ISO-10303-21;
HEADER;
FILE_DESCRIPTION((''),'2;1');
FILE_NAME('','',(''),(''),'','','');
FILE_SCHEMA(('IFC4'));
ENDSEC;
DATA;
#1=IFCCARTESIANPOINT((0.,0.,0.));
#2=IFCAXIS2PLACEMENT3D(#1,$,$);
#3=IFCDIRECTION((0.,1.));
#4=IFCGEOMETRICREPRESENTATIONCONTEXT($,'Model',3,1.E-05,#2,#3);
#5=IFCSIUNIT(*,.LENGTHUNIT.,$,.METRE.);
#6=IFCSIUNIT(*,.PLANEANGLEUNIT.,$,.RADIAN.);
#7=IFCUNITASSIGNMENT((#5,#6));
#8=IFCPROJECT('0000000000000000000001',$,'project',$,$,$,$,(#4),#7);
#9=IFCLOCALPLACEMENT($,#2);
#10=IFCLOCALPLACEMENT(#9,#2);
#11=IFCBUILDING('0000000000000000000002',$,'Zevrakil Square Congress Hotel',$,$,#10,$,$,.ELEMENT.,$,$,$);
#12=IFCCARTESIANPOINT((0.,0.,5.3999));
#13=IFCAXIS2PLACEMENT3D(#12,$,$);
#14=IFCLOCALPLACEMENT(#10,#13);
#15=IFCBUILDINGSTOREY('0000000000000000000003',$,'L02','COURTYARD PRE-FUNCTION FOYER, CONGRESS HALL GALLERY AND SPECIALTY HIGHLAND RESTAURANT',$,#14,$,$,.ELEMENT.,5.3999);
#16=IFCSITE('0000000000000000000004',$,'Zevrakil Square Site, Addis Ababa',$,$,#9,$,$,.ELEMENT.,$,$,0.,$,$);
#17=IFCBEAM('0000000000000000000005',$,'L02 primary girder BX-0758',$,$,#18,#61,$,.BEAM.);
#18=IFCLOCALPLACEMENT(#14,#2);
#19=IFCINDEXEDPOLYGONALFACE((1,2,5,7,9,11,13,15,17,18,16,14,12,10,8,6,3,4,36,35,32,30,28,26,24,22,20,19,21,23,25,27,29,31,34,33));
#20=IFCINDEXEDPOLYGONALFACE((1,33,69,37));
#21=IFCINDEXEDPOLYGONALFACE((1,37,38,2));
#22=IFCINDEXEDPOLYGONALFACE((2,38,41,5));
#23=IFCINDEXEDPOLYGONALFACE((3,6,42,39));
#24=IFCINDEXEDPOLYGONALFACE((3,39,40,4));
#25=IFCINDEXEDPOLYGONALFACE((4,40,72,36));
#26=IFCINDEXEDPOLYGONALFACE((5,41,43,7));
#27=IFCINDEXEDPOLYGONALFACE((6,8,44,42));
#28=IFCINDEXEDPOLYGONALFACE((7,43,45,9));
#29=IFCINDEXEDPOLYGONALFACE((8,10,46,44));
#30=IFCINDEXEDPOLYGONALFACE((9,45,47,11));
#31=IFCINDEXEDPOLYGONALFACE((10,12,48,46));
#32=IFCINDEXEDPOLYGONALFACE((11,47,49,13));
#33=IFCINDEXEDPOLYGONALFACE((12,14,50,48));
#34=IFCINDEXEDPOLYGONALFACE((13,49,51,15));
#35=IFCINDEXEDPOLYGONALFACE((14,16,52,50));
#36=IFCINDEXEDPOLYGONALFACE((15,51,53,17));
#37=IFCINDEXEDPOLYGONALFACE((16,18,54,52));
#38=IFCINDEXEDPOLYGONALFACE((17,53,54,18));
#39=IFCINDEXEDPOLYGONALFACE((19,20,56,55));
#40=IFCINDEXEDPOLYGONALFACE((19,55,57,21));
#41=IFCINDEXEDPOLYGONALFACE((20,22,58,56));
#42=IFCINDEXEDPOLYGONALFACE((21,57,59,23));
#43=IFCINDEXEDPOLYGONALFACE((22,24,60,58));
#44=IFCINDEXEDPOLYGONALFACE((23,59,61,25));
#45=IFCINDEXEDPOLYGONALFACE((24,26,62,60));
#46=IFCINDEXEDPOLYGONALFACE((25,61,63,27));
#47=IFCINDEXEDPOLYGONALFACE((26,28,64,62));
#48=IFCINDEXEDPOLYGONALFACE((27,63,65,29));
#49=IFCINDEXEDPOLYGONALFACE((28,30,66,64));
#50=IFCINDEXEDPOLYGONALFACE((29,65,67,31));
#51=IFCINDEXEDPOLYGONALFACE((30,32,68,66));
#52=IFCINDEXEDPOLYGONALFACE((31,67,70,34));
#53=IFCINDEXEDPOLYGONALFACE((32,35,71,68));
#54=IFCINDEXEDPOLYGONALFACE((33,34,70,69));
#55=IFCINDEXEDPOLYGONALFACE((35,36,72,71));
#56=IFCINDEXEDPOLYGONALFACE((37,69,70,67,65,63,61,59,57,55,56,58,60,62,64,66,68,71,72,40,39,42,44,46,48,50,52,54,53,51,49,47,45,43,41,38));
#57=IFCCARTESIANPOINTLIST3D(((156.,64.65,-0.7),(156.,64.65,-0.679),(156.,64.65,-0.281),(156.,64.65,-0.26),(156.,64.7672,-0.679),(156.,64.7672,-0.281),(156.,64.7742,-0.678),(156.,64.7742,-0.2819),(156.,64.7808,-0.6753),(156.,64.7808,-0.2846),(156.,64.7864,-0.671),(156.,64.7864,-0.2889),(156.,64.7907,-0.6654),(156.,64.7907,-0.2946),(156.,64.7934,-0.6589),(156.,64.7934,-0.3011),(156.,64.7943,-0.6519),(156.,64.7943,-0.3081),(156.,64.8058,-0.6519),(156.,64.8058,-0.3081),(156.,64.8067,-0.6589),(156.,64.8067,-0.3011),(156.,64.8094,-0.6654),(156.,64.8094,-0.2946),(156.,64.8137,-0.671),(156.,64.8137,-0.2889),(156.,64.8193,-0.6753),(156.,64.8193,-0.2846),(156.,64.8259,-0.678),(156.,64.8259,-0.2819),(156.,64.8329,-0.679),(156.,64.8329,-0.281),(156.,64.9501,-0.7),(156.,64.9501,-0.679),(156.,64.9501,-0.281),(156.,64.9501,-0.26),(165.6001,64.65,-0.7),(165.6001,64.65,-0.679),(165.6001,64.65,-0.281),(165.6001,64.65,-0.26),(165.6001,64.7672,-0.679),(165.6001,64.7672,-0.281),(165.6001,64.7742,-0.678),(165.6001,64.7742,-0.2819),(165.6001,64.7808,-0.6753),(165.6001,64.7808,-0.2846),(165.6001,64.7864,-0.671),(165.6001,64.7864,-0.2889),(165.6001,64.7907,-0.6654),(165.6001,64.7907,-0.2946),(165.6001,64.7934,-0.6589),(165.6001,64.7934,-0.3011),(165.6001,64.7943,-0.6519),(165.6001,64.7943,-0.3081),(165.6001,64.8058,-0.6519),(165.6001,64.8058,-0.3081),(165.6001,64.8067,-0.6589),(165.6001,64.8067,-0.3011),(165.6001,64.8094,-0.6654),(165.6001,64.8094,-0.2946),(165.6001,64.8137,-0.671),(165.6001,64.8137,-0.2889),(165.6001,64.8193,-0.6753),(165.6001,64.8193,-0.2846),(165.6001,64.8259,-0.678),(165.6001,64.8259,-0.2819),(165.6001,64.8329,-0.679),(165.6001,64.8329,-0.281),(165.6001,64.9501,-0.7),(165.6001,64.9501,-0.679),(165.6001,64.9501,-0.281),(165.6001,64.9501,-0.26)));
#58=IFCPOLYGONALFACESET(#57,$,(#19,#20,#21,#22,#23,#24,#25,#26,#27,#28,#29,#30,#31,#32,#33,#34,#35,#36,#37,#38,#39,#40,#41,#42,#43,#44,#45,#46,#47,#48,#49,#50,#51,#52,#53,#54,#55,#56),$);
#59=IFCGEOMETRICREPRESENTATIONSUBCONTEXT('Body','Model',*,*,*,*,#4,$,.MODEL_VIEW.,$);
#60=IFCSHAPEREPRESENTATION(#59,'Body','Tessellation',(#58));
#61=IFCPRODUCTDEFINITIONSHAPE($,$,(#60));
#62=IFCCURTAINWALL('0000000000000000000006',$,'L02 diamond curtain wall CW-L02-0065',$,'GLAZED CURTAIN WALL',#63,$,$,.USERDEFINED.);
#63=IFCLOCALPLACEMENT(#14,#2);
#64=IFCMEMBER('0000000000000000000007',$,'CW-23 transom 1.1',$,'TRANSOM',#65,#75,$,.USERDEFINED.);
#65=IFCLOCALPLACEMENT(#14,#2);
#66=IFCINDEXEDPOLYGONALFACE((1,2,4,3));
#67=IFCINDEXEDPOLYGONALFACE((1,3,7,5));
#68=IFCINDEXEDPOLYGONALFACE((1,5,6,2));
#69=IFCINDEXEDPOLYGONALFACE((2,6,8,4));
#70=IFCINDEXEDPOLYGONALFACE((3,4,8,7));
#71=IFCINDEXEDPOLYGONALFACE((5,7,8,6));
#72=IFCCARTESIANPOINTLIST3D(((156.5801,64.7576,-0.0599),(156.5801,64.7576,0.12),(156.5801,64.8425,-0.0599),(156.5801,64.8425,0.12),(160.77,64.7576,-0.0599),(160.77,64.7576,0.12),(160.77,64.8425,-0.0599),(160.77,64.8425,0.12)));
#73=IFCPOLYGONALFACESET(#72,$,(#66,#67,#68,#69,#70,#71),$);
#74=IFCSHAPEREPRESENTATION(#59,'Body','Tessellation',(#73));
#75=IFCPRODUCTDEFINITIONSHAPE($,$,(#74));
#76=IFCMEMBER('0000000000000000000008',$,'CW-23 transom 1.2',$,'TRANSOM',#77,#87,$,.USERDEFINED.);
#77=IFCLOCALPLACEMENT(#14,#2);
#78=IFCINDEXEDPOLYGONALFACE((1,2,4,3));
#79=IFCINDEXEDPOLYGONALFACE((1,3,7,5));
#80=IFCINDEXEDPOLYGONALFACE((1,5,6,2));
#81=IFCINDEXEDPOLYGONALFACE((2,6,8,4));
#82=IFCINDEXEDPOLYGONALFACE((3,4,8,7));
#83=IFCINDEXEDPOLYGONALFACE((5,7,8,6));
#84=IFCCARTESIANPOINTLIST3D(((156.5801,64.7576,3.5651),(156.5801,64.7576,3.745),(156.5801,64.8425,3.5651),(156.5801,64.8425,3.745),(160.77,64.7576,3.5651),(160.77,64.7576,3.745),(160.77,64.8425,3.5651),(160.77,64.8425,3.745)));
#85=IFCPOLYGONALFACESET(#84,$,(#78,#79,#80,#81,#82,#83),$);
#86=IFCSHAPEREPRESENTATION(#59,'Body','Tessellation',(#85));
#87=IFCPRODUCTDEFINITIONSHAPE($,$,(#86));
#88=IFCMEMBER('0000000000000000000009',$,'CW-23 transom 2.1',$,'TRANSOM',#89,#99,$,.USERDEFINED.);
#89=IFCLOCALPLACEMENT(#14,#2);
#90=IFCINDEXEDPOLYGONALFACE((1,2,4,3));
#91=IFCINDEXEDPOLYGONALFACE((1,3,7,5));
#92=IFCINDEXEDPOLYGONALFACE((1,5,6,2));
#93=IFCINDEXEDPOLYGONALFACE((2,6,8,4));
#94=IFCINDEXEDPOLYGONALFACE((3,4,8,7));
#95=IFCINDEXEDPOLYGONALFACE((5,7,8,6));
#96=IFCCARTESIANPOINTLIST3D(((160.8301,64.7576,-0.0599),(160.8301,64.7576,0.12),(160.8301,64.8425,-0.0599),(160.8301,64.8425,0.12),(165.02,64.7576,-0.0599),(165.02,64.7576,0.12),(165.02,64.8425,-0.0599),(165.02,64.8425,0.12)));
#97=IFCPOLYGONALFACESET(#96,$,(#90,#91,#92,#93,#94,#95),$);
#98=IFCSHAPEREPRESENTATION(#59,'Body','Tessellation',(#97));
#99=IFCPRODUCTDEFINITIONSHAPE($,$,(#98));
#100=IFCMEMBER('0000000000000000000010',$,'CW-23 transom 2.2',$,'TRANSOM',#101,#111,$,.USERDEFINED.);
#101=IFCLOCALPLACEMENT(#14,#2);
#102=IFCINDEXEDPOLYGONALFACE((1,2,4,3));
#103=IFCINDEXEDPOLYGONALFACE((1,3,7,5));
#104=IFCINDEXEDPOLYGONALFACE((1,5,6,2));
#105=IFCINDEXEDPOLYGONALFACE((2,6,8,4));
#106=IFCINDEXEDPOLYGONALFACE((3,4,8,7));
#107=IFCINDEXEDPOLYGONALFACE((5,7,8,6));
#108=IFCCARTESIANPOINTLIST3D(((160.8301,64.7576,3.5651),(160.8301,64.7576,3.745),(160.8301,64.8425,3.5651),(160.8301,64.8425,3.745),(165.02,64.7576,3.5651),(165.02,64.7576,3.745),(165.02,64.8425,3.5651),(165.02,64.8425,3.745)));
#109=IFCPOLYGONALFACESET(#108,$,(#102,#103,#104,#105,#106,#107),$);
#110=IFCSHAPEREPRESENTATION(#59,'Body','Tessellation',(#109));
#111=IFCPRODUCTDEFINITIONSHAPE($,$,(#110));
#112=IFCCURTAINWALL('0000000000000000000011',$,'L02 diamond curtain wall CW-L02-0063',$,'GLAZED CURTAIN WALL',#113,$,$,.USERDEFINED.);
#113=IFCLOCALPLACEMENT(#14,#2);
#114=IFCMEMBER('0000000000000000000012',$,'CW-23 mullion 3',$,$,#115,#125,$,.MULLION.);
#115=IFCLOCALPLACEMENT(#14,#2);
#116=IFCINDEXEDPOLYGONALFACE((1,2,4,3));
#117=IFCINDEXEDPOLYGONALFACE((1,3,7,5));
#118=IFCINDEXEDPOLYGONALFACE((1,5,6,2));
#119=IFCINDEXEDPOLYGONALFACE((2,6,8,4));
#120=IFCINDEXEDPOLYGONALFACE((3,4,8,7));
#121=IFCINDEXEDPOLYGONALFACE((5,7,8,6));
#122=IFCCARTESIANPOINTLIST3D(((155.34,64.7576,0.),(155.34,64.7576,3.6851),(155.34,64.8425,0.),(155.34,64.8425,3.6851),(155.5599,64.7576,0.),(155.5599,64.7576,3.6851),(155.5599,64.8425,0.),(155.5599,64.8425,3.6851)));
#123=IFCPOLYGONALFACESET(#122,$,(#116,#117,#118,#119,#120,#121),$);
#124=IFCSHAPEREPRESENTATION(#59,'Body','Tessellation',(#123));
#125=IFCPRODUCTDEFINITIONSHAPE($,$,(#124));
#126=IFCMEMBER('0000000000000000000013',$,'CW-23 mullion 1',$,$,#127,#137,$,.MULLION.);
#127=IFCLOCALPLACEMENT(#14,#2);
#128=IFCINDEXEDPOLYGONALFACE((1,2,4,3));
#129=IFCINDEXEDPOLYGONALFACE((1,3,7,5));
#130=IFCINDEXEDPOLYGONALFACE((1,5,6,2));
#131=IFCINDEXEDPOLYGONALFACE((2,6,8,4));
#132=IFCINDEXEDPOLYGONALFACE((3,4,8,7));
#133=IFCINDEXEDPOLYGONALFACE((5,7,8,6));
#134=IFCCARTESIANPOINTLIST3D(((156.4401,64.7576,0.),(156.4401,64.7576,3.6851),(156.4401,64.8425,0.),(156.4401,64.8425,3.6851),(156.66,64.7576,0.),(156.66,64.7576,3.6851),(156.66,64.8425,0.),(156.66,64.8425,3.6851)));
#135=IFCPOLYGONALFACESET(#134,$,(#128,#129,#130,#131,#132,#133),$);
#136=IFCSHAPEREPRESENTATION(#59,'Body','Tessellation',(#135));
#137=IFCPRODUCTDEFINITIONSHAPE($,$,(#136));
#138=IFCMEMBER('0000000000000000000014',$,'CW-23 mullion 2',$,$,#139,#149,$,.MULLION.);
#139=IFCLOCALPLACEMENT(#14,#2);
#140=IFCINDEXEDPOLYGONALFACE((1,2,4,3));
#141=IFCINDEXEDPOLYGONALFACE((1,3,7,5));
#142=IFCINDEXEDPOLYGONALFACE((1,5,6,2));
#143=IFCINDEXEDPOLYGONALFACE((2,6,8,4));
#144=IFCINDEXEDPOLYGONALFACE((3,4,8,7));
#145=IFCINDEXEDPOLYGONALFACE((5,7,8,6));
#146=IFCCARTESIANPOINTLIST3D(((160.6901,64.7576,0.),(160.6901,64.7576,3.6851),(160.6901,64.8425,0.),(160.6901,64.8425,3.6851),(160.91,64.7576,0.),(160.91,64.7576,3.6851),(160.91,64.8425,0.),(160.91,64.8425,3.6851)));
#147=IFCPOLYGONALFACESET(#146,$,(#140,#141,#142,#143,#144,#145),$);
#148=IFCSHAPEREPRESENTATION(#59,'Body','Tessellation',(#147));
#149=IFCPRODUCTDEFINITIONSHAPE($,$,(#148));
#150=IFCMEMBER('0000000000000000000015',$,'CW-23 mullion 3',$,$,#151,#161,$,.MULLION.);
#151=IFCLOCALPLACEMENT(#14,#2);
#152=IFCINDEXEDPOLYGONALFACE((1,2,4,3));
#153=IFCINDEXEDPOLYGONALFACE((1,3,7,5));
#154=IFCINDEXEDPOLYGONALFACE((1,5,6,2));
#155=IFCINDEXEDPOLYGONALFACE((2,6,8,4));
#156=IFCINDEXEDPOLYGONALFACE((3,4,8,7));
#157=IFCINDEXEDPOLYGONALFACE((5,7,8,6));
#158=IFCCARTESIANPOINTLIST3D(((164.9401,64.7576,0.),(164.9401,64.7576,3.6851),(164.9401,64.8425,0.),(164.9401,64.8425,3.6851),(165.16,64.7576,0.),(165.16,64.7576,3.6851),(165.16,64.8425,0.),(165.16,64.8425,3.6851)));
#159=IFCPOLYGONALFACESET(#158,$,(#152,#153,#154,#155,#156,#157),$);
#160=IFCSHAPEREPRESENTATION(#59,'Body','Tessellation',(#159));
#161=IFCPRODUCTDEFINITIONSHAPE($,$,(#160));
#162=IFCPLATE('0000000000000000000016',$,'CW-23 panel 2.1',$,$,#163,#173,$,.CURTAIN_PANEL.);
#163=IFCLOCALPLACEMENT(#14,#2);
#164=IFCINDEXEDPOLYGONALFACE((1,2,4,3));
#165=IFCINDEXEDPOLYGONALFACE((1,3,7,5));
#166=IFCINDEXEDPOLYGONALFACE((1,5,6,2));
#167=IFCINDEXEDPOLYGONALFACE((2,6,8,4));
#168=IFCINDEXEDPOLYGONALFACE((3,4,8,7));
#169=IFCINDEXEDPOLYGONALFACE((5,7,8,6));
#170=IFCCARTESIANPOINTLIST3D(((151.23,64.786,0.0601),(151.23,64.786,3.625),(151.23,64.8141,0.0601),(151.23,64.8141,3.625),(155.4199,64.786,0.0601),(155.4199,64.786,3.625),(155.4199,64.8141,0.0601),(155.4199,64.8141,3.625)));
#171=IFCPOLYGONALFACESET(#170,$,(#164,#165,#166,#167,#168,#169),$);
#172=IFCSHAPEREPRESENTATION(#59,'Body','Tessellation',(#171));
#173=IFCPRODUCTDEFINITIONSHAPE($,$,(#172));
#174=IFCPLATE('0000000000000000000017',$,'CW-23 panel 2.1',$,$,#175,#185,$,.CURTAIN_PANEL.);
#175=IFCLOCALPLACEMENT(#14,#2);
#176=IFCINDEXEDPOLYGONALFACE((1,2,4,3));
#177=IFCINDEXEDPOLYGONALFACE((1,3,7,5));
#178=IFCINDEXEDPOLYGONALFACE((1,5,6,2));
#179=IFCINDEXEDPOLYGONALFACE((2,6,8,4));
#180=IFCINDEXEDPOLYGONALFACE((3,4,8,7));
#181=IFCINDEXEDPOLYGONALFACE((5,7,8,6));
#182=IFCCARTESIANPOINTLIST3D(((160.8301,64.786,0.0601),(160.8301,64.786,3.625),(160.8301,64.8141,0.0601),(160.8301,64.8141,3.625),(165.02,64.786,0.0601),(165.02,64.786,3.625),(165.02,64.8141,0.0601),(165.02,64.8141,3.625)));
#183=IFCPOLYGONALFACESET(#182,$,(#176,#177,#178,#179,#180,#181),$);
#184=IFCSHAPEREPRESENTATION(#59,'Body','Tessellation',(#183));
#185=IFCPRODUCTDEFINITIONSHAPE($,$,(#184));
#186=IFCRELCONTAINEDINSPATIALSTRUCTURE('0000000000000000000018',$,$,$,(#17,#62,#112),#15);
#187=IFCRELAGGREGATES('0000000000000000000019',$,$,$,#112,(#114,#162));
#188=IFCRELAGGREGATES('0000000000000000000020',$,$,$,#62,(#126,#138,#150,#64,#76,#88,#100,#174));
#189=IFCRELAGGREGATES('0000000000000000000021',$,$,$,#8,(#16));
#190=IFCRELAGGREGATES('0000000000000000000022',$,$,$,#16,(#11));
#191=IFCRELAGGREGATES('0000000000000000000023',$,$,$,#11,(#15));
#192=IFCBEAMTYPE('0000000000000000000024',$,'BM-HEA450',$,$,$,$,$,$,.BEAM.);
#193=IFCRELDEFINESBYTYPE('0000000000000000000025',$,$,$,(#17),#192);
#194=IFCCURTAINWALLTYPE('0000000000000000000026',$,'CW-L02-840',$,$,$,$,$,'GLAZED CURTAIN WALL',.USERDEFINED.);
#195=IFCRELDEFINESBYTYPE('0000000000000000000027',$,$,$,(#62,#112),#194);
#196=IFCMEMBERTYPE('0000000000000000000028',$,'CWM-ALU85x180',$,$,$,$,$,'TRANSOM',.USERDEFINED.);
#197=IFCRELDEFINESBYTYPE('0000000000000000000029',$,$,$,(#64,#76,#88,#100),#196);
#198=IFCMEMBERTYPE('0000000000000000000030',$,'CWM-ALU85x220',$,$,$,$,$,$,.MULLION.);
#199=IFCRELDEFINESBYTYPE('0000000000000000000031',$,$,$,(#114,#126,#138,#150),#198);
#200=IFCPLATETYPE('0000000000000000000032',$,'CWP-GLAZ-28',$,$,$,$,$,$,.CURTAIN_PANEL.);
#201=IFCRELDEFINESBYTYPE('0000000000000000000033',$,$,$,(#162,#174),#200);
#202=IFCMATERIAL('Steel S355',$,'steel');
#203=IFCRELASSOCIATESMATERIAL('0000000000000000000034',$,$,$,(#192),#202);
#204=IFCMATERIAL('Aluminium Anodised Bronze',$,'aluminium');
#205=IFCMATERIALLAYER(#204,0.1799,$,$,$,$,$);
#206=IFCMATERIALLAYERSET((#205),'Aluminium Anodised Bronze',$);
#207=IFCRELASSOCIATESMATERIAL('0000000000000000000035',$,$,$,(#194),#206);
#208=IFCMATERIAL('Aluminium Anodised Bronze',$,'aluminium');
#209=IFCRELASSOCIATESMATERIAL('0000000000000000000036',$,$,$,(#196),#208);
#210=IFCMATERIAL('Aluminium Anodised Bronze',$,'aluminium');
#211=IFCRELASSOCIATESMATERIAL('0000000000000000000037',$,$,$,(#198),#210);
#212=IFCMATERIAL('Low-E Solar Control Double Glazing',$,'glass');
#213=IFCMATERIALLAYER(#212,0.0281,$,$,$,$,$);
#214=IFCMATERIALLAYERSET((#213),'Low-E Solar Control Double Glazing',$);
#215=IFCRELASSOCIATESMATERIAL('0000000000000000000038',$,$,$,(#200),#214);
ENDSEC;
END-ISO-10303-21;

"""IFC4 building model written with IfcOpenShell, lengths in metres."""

from ifc_helpers import new_model, si_unit, direction, frame, origin, origin_2d, place, context, subcontext, project, spatial, rectangle, i_section, extrude, material, layer, layer_set, material_profile, profile_set, type_object, element, aggregate, save


model = new_model("IFC4")

# Units and contexts
model_context = context("Model", 3, precision=1e-05, world=origin(), true_north=direction((0.0, 1.0)))
body_context = subcontext(model_context, "Body", "Model", "MODEL_VIEW")
ifc_project = project(units=[si_unit("LENGTHUNIT", "METRE"), si_unit("PLANEANGLEUNIT", "RADIAN")], contexts=[model_context])

# Site, building, storey
site_placement = place(None, origin())
site = spatial("IfcSite", under=ifc_project, at=site_placement, Name="Zevrakil Square Site, Addis Ababa", CompositionType="ELEMENT", RefElevation=0.0)
building_placement = place(site_placement, origin())
building = spatial("IfcBuilding", under=site, at=building_placement, Name="Zevrakil Square Congress Hotel", CompositionType="ELEMENT")
storey_placement = place(building_placement, frame((0.0, 0.0, 5.3999)))
storey = spatial("IfcBuildingStorey", under=building, at=storey_placement, Name="L02", Description="COURTYARD PRE-FUNCTION FOYER, CONGRESS HALL GALLERY AND SPECIALTY HIGHLAND RESTAURANT", CompositionType="ELEMENT", Elevation=5.3999)

# Beam
ifc_material_1 = material(Name="Steel S355", Category="steel")
ifc_material_profile_1 = material_profile(ifc_material_1, i_section(OverallWidth=0.3, OverallDepth=0.4399, WebThickness=0.0115, FlangeThickness=0.021, FilletRadius=0.0271, at=origin_2d()), Name="HEA 450")
ifc_profile_set_1 = profile_set([ifc_material_profile_1], Name="Steel S355")
beam_type = type_object("IfcBeamType", Name="BM-HEA450", PredefinedType="BEAM", material=ifc_profile_set_1)
beam_placement = place(storey_placement, frame((156.0, 64.8, -0.48), z_axis=(1.0, 0.0, 0.0), x_axis=(0.0, 1.0, 0.0)))
element("IfcBeam", 1, at=beam_placement, inside=storey, type_object=beam_type, Name="L02 primary girder BX-0758", PredefinedType="BEAM", context=body_context, shape_type="SweptSolid", body=[
    extrude(i_section(OverallWidth=0.3, OverallDepth=0.4399, WebThickness=0.0115, FlangeThickness=0.021, FilletRadius=0.0271, at=origin_2d()), origin(), (0.0, 0.0, 1.0), 9.6001),
])

# Curtain wall, members
ifc_material_2 = material(Name="Aluminium Anodised Bronze", Category="aluminium")
ifc_layer_1 = layer(ifc_material_2, 0.1799)
ifc_layer_set_1 = layer_set([ifc_layer_1], Name="Aluminium Anodised Bronze")
curtain_wall_type = type_object("IfcCurtainWallType", Name="CW-L02-840", ElementType="GLAZED CURTAIN WALL", PredefinedType="USERDEFINED", material=ifc_layer_set_1)
curtain_wall_1_placement = place(storey_placement, origin())
curtain_wall_1 = element("IfcCurtainWall", 2, at=curtain_wall_1_placement, inside=storey, type_object=curtain_wall_type, Name="L02 diamond curtain wall CW-L02-0065", ObjectType="GLAZED CURTAIN WALL", PredefinedType="USERDEFINED")
ifc_material_3 = material(Name="Aluminium Anodised Bronze", Category="aluminium")
ifc_material_profile_2 = material_profile(ifc_material_3, rectangle(XDim=0.085, YDim=0.1799, at=origin_2d()), Name="ALU 85x180")
ifc_profile_set_2 = profile_set([ifc_material_profile_2], Name="Aluminium Anodised Bronze")
member_type_1 = type_object("IfcMemberType", Name="CWM-ALU85x180", ElementType="TRANSOM", PredefinedType="USERDEFINED", material=ifc_profile_set_2)
member_1_placement = place(storey_placement, frame((156.5801, 64.8, 0.03), z_axis=(1.0, 0.0, 0.0), x_axis=(0.0, 1.0, 0.0)))
member_1 = element("IfcMember", 3, at=member_1_placement, type_object=member_type_1, Name="CW-23 transom 1.1", ObjectType="TRANSOM", PredefinedType="USERDEFINED", context=body_context, shape_type="SweptSolid", body=[
    extrude(rectangle(XDim=0.085, YDim=0.1799, at=origin_2d()), origin(), (0.0, 0.0, 1.0), 4.1899),
])
member_2_placement = place(storey_placement, frame((156.5801, 64.8, 3.655), z_axis=(1.0, 0.0, 0.0), x_axis=(0.0, 1.0, 0.0)))
member_2 = element("IfcMember", 4, at=member_2_placement, type_object=member_type_1, Name="CW-23 transom 1.2", ObjectType="TRANSOM", PredefinedType="USERDEFINED", context=body_context, shape_type="SweptSolid", body=[
    extrude(rectangle(XDim=0.085, YDim=0.1799, at=origin_2d()), origin(), (0.0, 0.0, 1.0), 4.1899),
])
member_3_placement = place(storey_placement, frame((160.8301, 64.8, 0.03), z_axis=(1.0, 0.0, 0.0), x_axis=(0.0, 1.0, 0.0)))
member_3 = element("IfcMember", 5, at=member_3_placement, type_object=member_type_1, Name="CW-23 transom 2.1", ObjectType="TRANSOM", PredefinedType="USERDEFINED", context=body_context, shape_type="SweptSolid", body=[
    extrude(rectangle(XDim=0.085, YDim=0.1799, at=origin_2d()), origin(), (0.0, 0.0, 1.0), 4.1899),
])
member_4_placement = place(storey_placement, frame((160.8301, 64.8, 3.655), z_axis=(1.0, 0.0, 0.0), x_axis=(0.0, 1.0, 0.0)))
member_4 = element("IfcMember", 6, at=member_4_placement, type_object=member_type_1, Name="CW-23 transom 2.2", ObjectType="TRANSOM", PredefinedType="USERDEFINED", context=body_context, shape_type="SweptSolid", body=[
    extrude(rectangle(XDim=0.085, YDim=0.1799, at=origin_2d()), origin(), (0.0, 0.0, 1.0), 4.1899),
])

# Curtain wall, member
curtain_wall_2_placement = place(storey_placement, origin())
curtain_wall_2 = element("IfcCurtainWall", 7, at=curtain_wall_2_placement, inside=storey, type_object=curtain_wall_type, Name="L02 diamond curtain wall CW-L02-0063", ObjectType="GLAZED CURTAIN WALL", PredefinedType="USERDEFINED")
ifc_material_4 = material(Name="Aluminium Anodised Bronze", Category="aluminium")
ifc_material_profile_3 = material_profile(ifc_material_4, rectangle(XDim=0.085, YDim=0.22, at=origin_2d()), Name="ALU 85x220")
ifc_profile_set_3 = profile_set([ifc_material_profile_3], Name="Aluminium Anodised Bronze")
member_type_2 = type_object("IfcMemberType", Name="CWM-ALU85x220", PredefinedType="MULLION", material=ifc_profile_set_3)
member_5_placement = place(storey_placement, frame((155.45, 64.8, 0.0), z_axis=(0.0, 0.0, 1.0), x_axis=(0.0, 1.0, 0.0)))
member_5 = element("IfcMember", 8, at=member_5_placement, type_object=member_type_2, Name="CW-23 mullion 3", PredefinedType="MULLION", context=body_context, shape_type="SweptSolid", body=[
    extrude(rectangle(XDim=0.085, YDim=0.22, at=origin_2d()), origin(), (0.0, 0.0, 1.0), 3.6851),
])

# Members
member_6_placement = place(storey_placement, frame((156.55, 64.8, 0.0), z_axis=(0.0, 0.0, 1.0), x_axis=(0.0, 1.0, 0.0)))
member_6 = element("IfcMember", 9, at=member_6_placement, type_object=member_type_2, Name="CW-23 mullion 1", PredefinedType="MULLION", context=body_context, shape_type="SweptSolid", body=[
    extrude(rectangle(XDim=0.085, YDim=0.22, at=origin_2d()), origin(), (0.0, 0.0, 1.0), 3.6851),
])
member_7_placement = place(storey_placement, frame((160.8, 64.8, 0.0), z_axis=(0.0, 0.0, 1.0), x_axis=(0.0, 1.0, 0.0)))
member_7 = element("IfcMember", 10, at=member_7_placement, type_object=member_type_2, Name="CW-23 mullion 2", PredefinedType="MULLION", context=body_context, shape_type="SweptSolid", body=[
    extrude(rectangle(XDim=0.085, YDim=0.22, at=origin_2d()), origin(), (0.0, 0.0, 1.0), 3.6851),
])
member_8_placement = place(storey_placement, frame((165.05, 64.8, 0.0), z_axis=(0.0, 0.0, 1.0), x_axis=(0.0, 1.0, 0.0)))
member_8 = element("IfcMember", 11, at=member_8_placement, type_object=member_type_2, Name="CW-23 mullion 3", PredefinedType="MULLION", context=body_context, shape_type="SweptSolid", body=[
    extrude(rectangle(XDim=0.085, YDim=0.22, at=origin_2d()), origin(), (0.0, 0.0, 1.0), 3.6851),
])

# Plates
ifc_material_5 = material(Name="Low-E Solar Control Double Glazing", Category="glass")
ifc_layer_2 = layer(ifc_material_5, 0.0281)
ifc_layer_set_2 = layer_set([ifc_layer_2], Name="Low-E Solar Control Double Glazing")
plate_type_1 = type_object("IfcPlateType", Name="CWP-GLAZ-28", PredefinedType="CURTAIN_PANEL", material=ifc_layer_set_2)
plate_1_placement = place(storey_placement, frame((153.325, 64.8, 0.0601), z_axis=(0.0, 0.0, 1.0), x_axis=(1.0, 0.0, 0.0)))
plate_1 = element("IfcPlate", 12, at=plate_1_placement, type_object=plate_type_1, Name="CW-23 panel 2.1", PredefinedType="CURTAIN_PANEL", context=body_context, shape_type="SweptSolid", body=[
    extrude(rectangle(XDim=4.1899, YDim=0.0281, at=origin_2d()), origin(), (0.0, 0.0, 1.0), 3.5649),
])
aggregate(curtain_wall_2, [member_5, plate_1])
plate_2_placement = place(storey_placement, frame((162.925, 64.8, 0.0601), z_axis=(0.0, 0.0, 1.0), x_axis=(1.0, 0.0, 0.0)))
plate_2 = element("IfcPlate", 13, at=plate_2_placement, type_object=plate_type_1, Name="CW-23 panel 2.1", PredefinedType="CURTAIN_PANEL", context=body_context, shape_type="SweptSolid", body=[
    extrude(rectangle(XDim=4.1899, YDim=0.0281, at=origin_2d()), origin(), (0.0, 0.0, 1.0), 3.5649),
])
aggregate(curtain_wall_1, [member_6, member_7, member_8, member_1, member_2, member_3, member_4, plate_2])

save(model, "model.ifc")
